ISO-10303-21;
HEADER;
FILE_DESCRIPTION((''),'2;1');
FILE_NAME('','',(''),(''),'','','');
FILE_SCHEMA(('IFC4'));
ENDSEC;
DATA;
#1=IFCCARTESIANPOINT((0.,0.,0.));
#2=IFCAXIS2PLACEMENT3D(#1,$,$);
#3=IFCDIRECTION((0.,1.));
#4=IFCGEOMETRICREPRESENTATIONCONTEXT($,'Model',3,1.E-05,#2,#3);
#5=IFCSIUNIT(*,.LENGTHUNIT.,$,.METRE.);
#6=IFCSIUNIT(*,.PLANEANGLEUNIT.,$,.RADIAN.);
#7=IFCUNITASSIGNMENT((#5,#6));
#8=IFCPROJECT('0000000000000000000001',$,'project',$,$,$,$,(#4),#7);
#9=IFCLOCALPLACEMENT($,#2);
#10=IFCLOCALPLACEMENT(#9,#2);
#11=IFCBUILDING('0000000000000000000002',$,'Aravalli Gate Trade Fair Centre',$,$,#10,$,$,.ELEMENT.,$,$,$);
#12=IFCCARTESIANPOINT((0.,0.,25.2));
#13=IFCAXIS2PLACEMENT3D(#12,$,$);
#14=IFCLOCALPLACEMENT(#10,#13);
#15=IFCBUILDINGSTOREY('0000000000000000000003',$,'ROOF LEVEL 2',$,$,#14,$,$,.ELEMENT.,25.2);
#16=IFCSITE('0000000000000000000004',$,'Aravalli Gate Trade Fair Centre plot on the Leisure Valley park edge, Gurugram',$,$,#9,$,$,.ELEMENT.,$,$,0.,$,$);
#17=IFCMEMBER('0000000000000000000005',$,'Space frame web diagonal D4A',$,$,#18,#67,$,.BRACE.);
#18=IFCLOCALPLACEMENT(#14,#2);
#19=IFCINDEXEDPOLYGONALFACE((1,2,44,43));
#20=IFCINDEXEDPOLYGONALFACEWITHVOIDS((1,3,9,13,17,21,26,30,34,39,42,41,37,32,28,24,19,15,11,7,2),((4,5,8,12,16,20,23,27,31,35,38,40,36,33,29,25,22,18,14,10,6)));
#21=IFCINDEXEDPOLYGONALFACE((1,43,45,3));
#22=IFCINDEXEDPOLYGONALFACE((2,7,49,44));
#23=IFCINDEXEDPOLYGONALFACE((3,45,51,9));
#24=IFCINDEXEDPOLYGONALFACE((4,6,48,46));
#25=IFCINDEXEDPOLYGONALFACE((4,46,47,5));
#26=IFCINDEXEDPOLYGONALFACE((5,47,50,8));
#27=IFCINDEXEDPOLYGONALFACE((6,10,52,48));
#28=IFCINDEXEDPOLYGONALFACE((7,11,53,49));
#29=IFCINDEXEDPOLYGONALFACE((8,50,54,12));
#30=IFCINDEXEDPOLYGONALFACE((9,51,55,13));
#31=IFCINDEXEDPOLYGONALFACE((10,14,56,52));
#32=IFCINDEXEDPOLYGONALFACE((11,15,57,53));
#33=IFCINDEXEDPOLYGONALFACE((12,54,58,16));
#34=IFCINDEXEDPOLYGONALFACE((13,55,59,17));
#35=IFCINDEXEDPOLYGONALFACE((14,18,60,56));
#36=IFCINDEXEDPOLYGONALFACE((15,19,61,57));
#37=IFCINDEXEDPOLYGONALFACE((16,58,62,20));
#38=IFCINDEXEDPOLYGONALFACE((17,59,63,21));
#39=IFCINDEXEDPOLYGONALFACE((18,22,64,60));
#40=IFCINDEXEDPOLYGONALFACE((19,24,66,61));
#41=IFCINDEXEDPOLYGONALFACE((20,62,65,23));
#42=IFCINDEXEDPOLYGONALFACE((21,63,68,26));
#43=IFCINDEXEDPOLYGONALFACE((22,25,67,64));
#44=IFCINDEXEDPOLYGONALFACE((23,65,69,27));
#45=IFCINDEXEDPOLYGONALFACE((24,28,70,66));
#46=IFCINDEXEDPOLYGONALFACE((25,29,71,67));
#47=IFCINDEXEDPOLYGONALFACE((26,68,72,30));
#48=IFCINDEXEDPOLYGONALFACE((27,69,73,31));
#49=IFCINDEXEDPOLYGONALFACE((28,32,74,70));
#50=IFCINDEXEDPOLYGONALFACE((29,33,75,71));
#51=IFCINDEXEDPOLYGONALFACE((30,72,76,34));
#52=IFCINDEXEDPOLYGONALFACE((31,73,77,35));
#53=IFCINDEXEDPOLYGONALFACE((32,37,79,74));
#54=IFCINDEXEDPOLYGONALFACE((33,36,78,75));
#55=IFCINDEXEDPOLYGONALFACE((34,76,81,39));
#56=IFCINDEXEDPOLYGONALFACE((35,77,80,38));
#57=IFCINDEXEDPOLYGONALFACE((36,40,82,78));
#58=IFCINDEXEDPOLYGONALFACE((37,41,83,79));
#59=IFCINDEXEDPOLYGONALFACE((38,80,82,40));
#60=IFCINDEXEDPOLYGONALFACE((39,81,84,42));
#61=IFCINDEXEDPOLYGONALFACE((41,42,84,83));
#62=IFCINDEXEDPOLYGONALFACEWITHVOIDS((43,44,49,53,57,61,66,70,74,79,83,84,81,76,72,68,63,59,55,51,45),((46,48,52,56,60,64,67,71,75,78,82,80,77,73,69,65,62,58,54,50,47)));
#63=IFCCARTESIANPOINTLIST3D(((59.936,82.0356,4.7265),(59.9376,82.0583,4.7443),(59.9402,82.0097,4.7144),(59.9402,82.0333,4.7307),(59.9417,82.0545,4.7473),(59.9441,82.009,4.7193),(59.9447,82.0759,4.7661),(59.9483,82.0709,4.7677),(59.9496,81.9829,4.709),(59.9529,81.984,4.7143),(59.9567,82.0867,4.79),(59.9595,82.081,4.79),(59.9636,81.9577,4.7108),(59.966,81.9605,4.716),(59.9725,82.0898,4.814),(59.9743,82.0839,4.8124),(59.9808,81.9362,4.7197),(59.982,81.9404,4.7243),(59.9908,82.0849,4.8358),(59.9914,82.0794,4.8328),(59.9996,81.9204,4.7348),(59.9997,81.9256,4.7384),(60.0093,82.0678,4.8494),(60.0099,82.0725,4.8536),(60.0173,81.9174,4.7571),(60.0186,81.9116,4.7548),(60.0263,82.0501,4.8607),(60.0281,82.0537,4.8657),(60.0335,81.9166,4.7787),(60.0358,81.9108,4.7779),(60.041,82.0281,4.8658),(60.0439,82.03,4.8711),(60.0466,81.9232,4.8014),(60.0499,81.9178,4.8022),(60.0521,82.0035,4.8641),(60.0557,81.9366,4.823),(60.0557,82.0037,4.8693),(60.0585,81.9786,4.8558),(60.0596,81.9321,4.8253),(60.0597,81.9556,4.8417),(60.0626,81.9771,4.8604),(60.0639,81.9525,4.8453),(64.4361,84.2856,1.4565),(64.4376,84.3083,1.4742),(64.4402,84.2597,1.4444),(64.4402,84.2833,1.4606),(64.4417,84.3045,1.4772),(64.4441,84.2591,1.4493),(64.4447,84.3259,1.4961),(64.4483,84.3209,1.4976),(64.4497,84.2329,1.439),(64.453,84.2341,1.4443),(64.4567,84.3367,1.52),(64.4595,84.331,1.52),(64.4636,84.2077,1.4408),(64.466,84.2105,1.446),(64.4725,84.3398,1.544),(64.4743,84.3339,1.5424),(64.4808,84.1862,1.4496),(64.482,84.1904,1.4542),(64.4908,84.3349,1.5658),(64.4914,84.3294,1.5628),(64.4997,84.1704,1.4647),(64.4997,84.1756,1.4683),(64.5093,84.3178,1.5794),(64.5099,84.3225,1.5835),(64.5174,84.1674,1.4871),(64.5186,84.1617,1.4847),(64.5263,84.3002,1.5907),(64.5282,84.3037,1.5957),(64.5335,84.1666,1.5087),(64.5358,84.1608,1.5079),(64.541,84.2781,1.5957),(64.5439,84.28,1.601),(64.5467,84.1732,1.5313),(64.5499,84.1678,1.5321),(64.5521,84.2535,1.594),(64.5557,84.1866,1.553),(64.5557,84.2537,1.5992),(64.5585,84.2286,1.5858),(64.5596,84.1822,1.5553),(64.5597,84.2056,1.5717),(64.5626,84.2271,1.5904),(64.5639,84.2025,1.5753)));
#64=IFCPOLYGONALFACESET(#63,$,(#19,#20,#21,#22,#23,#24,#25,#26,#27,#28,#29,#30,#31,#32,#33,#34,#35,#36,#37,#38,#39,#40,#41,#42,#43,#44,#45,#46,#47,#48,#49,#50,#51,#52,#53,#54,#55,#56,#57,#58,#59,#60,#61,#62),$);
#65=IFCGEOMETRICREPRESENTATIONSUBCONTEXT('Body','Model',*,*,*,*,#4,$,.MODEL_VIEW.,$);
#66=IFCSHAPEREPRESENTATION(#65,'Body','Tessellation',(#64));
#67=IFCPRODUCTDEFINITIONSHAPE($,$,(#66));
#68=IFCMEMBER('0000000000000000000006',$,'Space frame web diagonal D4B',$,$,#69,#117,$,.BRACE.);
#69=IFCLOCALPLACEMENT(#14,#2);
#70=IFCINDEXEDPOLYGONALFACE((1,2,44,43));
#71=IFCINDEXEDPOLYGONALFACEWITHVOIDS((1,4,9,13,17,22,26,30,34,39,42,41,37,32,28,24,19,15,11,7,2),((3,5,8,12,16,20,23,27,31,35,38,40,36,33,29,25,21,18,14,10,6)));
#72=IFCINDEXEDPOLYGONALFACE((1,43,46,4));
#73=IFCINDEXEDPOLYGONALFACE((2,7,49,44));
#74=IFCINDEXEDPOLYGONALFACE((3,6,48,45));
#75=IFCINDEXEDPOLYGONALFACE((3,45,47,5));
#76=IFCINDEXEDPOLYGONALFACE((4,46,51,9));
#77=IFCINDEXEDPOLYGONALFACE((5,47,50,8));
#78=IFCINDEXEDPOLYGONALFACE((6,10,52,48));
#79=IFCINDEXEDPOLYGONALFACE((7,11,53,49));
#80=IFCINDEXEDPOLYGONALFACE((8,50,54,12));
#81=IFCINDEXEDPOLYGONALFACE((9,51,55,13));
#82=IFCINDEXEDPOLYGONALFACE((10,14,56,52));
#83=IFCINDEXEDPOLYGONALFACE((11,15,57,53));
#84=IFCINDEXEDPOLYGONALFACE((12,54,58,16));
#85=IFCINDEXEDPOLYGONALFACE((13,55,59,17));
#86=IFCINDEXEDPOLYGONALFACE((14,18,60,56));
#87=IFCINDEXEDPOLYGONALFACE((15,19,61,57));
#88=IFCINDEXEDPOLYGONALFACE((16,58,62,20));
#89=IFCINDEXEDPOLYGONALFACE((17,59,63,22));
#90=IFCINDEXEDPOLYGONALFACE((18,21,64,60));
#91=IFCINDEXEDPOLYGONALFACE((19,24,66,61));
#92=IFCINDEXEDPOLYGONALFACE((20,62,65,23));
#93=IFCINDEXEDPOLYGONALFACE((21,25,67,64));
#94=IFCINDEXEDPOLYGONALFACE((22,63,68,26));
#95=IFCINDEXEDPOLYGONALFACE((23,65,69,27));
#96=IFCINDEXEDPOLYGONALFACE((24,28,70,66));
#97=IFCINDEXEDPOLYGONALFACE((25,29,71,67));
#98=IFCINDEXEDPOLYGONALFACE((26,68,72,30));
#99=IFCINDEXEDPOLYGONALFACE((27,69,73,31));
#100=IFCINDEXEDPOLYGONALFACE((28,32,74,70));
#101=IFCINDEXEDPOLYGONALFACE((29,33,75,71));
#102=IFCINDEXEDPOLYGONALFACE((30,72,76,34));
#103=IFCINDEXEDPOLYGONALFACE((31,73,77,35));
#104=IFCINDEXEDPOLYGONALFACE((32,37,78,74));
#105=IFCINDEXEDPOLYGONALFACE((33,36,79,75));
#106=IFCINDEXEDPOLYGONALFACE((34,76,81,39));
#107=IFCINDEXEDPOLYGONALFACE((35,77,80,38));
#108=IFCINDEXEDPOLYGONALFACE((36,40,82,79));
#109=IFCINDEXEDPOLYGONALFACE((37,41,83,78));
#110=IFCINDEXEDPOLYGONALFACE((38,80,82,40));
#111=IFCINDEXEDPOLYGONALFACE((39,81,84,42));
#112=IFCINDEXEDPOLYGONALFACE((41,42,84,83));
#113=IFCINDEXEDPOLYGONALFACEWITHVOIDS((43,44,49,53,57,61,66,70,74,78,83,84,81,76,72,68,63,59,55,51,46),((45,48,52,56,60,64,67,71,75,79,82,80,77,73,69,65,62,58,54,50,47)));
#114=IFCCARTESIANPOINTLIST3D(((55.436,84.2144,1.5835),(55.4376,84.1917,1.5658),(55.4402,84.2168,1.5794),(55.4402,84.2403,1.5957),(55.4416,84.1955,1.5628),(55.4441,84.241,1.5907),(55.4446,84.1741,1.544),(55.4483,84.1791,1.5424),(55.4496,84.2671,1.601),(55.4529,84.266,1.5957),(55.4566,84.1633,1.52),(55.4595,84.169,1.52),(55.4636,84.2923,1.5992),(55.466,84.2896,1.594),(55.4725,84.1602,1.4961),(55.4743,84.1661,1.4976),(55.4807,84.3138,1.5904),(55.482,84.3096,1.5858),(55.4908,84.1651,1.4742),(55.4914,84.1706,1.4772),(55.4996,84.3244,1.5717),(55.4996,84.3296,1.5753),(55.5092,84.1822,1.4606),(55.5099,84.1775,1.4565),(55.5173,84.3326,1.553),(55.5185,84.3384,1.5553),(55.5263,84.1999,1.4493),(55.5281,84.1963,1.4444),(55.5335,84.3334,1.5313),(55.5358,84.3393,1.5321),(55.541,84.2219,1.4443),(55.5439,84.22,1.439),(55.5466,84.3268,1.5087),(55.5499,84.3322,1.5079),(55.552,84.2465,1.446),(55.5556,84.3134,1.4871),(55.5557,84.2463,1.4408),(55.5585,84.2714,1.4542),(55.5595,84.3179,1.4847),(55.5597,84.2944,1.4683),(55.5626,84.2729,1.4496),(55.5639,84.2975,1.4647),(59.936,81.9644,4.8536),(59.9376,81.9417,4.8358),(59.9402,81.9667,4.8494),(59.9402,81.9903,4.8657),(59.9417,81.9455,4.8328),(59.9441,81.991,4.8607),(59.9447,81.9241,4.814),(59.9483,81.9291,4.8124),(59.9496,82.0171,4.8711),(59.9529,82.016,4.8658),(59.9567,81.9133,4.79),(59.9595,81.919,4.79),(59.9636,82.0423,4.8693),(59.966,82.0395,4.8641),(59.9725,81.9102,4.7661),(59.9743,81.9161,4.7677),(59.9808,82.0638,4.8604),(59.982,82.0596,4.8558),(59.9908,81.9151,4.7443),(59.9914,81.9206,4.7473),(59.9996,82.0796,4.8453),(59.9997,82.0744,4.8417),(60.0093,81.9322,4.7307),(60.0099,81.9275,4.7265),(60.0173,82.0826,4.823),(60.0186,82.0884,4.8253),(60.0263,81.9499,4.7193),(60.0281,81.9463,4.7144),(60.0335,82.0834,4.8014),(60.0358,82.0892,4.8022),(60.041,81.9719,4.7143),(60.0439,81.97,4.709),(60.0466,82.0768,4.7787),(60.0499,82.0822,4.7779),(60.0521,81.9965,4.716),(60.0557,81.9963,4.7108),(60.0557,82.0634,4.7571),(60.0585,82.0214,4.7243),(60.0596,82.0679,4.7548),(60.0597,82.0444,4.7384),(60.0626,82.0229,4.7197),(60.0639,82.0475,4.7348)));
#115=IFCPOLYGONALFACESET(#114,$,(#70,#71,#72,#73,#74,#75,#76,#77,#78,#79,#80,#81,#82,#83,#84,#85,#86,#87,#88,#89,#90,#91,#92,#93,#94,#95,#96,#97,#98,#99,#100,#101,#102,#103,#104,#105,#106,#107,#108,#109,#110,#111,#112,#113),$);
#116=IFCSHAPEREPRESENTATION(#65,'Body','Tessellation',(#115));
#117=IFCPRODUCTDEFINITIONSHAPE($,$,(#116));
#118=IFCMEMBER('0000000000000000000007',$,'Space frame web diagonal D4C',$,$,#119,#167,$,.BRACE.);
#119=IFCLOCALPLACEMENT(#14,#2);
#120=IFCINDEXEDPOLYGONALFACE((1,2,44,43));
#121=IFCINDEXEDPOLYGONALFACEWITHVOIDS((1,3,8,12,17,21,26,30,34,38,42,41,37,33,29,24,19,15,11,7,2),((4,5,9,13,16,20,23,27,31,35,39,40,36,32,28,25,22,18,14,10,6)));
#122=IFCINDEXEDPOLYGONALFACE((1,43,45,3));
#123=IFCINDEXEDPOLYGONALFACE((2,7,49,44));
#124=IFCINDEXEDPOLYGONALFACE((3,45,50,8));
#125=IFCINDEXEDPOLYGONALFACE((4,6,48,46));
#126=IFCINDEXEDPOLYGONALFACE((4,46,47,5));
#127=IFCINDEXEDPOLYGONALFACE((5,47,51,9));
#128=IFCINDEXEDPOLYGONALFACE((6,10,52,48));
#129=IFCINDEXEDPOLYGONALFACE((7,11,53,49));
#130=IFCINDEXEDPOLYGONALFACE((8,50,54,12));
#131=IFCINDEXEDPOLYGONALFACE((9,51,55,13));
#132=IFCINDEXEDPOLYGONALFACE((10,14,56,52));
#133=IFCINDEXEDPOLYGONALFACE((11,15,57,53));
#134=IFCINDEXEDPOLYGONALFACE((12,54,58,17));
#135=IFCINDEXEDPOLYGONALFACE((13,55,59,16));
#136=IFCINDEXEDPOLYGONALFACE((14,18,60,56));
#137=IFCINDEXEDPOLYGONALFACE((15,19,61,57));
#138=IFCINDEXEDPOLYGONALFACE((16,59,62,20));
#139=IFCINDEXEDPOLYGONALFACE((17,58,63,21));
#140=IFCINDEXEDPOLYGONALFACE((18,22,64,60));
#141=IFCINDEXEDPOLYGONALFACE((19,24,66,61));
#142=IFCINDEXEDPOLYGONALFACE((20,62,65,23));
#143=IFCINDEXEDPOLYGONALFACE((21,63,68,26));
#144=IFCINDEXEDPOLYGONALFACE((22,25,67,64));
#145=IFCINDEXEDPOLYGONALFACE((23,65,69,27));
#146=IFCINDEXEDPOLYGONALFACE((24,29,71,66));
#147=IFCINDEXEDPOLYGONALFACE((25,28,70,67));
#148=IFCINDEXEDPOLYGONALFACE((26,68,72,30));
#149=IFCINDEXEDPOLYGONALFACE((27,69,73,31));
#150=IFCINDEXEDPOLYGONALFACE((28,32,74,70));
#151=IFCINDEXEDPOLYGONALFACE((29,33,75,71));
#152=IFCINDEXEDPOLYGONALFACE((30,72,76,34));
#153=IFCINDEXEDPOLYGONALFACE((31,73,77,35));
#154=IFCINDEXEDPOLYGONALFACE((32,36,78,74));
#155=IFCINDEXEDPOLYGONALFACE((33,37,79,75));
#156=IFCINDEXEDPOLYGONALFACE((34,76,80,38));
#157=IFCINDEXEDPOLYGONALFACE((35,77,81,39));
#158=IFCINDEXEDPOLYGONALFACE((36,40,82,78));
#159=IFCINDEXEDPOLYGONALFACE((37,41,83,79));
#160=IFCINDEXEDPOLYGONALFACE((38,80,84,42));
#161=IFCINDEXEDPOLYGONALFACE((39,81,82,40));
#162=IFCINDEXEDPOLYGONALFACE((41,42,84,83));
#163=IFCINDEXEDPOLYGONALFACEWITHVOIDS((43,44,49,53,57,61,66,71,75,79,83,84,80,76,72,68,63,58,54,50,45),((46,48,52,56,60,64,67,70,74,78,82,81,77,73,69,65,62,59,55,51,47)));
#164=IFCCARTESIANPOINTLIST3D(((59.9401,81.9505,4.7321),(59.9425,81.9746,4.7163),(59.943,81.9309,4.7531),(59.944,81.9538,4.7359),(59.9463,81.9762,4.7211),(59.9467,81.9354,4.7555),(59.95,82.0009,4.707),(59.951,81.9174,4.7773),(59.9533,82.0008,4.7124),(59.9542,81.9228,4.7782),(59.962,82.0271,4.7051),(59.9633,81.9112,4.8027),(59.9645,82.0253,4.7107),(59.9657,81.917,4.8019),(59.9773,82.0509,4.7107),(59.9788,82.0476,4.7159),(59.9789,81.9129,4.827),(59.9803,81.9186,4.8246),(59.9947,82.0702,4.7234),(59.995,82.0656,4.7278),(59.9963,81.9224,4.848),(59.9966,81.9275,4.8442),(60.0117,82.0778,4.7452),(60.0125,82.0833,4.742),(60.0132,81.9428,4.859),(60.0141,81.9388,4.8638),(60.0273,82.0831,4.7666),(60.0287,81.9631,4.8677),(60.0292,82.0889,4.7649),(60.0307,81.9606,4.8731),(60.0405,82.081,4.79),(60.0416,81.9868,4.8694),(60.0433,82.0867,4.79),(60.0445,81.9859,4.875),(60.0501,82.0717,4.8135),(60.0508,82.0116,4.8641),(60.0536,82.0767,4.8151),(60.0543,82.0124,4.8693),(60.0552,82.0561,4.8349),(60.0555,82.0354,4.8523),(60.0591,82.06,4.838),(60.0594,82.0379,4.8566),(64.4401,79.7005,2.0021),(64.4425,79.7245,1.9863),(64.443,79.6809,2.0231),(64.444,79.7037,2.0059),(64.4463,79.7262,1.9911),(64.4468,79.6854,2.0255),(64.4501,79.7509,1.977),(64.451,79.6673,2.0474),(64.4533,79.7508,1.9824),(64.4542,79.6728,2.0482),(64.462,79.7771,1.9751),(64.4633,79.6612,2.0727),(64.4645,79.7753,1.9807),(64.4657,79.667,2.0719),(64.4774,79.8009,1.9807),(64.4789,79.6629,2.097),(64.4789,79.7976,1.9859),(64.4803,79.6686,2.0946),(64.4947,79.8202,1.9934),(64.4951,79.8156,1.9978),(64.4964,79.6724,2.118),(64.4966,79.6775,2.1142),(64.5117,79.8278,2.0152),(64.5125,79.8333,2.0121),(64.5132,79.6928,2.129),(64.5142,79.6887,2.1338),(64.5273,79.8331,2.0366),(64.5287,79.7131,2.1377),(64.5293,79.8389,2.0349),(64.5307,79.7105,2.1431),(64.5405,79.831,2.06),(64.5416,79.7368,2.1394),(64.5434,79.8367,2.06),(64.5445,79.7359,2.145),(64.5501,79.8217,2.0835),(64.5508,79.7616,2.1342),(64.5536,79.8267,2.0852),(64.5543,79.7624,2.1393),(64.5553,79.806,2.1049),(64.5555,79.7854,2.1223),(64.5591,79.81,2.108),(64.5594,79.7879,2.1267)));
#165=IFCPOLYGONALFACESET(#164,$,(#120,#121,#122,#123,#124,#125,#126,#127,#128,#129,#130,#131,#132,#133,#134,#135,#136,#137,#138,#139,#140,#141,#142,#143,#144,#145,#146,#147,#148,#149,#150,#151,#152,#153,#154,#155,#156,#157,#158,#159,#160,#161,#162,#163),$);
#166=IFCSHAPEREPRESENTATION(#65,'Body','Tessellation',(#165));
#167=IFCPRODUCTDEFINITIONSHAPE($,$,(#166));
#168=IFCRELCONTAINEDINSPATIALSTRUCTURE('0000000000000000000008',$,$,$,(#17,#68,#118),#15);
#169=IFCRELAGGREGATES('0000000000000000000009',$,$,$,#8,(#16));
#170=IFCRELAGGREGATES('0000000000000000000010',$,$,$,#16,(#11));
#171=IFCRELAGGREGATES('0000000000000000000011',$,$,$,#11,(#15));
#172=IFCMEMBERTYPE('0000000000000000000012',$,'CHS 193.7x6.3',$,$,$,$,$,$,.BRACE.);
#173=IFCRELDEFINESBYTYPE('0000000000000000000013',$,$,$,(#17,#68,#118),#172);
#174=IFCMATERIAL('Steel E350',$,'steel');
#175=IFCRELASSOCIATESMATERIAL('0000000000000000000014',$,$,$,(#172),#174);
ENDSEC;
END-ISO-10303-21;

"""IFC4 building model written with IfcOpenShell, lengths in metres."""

from ifc_helpers import new_model, si_unit, direction, frame, origin, origin_2d, place, context, subcontext, project, spatial, hollow_circle, extrude, material, material_profile, profile_set, type_object, element, save


model = new_model("IFC4")

# Units and contexts
model_context = context("Model", 3, precision=1e-05, world=origin(), true_north=direction((0.0, 1.0)))
body_context = subcontext(model_context, "Body", "Model", "MODEL_VIEW")
ifc_project = project(units=[si_unit("LENGTHUNIT", "METRE"), si_unit("PLANEANGLEUNIT", "RADIAN")], contexts=[model_context])

# Site, building, storey
site_placement = place(None, origin())
site = spatial("IfcSite", under=ifc_project, at=site_placement, Name="Aravalli Gate Trade Fair Centre plot on the Leisure Valley park edge, Gurugram", CompositionType="ELEMENT", RefElevation=0.0)
building_placement = place(site_placement, origin())
building = spatial("IfcBuilding", under=site, at=building_placement, Name="Aravalli Gate Trade Fair Centre", CompositionType="ELEMENT")
storey_placement = place(building_placement, frame((0.0, 0.0, 25.2)))
storey = spatial("IfcBuildingStorey", under=building, at=storey_placement, Name="ROOF LEVEL 2", CompositionType="ELEMENT", Elevation=25.2)

# Members
ifc_material_1 = material(Name="Steel E350", Category="steel")
ifc_material_profile_1 = material_profile(ifc_material_1, hollow_circle(Radius=0.0969, WallThickness=0.0063, at=origin_2d()), Name="CHS 193.7x6.3")
ifc_profile_set_1 = profile_set([ifc_material_profile_1], Name="Steel E350")
member_type_1 = type_object("IfcMemberType", Name="CHS 193.7x6.3", PredefinedType="BRACE", material=ifc_profile_set_1)
for number, where, z_axis, x_axis, name in (
    (1, (60.0, 82.0, 4.79), (0.749942, 0.374971, -0.544961), (-0.447214, 0.894427, 0.0), "Space frame web diagonal D4A"),
    (2, (60.0, 82.0, 4.79), (-0.749942, 0.374971, -0.544961), (-0.447214, -0.894427, 0.0), "Space frame web diagonal D4B"),
):
    element("IfcMember", number, at=place(storey_placement, frame(where, z_axis=z_axis, x_axis=x_axis)), inside=storey, type_object=member_type_1, Name=name, PredefinedType="BRACE", context=body_context, shape_type="SweptSolid", body=[
        extrude(hollow_circle(Radius=0.0969, WallThickness=0.0063, at=origin_2d()), origin(), (0.0, 0.0, 1.0), 6.0005),
    ])
for number, where, z_axis, x_axis, name in (
    (3, (60.0, 82.0, 4.79), (0.78615, -0.393075, -0.476928), (0.447214, 0.894427, 0.0), "Space frame web diagonal D4C"),
):
    element("IfcMember", number, at=place(storey_placement, frame(where, z_axis=z_axis, x_axis=x_axis)), inside=storey, type_object=member_type_1, Name=name, PredefinedType="BRACE", context=body_context, shape_type="SweptSolid", body=[
        extrude(hollow_circle(Radius=0.0969, WallThickness=0.0063, at=origin_2d()), origin(), (0.0, 0.0, 1.0), 5.7241),
    ])

save(model, "model.ifc")
